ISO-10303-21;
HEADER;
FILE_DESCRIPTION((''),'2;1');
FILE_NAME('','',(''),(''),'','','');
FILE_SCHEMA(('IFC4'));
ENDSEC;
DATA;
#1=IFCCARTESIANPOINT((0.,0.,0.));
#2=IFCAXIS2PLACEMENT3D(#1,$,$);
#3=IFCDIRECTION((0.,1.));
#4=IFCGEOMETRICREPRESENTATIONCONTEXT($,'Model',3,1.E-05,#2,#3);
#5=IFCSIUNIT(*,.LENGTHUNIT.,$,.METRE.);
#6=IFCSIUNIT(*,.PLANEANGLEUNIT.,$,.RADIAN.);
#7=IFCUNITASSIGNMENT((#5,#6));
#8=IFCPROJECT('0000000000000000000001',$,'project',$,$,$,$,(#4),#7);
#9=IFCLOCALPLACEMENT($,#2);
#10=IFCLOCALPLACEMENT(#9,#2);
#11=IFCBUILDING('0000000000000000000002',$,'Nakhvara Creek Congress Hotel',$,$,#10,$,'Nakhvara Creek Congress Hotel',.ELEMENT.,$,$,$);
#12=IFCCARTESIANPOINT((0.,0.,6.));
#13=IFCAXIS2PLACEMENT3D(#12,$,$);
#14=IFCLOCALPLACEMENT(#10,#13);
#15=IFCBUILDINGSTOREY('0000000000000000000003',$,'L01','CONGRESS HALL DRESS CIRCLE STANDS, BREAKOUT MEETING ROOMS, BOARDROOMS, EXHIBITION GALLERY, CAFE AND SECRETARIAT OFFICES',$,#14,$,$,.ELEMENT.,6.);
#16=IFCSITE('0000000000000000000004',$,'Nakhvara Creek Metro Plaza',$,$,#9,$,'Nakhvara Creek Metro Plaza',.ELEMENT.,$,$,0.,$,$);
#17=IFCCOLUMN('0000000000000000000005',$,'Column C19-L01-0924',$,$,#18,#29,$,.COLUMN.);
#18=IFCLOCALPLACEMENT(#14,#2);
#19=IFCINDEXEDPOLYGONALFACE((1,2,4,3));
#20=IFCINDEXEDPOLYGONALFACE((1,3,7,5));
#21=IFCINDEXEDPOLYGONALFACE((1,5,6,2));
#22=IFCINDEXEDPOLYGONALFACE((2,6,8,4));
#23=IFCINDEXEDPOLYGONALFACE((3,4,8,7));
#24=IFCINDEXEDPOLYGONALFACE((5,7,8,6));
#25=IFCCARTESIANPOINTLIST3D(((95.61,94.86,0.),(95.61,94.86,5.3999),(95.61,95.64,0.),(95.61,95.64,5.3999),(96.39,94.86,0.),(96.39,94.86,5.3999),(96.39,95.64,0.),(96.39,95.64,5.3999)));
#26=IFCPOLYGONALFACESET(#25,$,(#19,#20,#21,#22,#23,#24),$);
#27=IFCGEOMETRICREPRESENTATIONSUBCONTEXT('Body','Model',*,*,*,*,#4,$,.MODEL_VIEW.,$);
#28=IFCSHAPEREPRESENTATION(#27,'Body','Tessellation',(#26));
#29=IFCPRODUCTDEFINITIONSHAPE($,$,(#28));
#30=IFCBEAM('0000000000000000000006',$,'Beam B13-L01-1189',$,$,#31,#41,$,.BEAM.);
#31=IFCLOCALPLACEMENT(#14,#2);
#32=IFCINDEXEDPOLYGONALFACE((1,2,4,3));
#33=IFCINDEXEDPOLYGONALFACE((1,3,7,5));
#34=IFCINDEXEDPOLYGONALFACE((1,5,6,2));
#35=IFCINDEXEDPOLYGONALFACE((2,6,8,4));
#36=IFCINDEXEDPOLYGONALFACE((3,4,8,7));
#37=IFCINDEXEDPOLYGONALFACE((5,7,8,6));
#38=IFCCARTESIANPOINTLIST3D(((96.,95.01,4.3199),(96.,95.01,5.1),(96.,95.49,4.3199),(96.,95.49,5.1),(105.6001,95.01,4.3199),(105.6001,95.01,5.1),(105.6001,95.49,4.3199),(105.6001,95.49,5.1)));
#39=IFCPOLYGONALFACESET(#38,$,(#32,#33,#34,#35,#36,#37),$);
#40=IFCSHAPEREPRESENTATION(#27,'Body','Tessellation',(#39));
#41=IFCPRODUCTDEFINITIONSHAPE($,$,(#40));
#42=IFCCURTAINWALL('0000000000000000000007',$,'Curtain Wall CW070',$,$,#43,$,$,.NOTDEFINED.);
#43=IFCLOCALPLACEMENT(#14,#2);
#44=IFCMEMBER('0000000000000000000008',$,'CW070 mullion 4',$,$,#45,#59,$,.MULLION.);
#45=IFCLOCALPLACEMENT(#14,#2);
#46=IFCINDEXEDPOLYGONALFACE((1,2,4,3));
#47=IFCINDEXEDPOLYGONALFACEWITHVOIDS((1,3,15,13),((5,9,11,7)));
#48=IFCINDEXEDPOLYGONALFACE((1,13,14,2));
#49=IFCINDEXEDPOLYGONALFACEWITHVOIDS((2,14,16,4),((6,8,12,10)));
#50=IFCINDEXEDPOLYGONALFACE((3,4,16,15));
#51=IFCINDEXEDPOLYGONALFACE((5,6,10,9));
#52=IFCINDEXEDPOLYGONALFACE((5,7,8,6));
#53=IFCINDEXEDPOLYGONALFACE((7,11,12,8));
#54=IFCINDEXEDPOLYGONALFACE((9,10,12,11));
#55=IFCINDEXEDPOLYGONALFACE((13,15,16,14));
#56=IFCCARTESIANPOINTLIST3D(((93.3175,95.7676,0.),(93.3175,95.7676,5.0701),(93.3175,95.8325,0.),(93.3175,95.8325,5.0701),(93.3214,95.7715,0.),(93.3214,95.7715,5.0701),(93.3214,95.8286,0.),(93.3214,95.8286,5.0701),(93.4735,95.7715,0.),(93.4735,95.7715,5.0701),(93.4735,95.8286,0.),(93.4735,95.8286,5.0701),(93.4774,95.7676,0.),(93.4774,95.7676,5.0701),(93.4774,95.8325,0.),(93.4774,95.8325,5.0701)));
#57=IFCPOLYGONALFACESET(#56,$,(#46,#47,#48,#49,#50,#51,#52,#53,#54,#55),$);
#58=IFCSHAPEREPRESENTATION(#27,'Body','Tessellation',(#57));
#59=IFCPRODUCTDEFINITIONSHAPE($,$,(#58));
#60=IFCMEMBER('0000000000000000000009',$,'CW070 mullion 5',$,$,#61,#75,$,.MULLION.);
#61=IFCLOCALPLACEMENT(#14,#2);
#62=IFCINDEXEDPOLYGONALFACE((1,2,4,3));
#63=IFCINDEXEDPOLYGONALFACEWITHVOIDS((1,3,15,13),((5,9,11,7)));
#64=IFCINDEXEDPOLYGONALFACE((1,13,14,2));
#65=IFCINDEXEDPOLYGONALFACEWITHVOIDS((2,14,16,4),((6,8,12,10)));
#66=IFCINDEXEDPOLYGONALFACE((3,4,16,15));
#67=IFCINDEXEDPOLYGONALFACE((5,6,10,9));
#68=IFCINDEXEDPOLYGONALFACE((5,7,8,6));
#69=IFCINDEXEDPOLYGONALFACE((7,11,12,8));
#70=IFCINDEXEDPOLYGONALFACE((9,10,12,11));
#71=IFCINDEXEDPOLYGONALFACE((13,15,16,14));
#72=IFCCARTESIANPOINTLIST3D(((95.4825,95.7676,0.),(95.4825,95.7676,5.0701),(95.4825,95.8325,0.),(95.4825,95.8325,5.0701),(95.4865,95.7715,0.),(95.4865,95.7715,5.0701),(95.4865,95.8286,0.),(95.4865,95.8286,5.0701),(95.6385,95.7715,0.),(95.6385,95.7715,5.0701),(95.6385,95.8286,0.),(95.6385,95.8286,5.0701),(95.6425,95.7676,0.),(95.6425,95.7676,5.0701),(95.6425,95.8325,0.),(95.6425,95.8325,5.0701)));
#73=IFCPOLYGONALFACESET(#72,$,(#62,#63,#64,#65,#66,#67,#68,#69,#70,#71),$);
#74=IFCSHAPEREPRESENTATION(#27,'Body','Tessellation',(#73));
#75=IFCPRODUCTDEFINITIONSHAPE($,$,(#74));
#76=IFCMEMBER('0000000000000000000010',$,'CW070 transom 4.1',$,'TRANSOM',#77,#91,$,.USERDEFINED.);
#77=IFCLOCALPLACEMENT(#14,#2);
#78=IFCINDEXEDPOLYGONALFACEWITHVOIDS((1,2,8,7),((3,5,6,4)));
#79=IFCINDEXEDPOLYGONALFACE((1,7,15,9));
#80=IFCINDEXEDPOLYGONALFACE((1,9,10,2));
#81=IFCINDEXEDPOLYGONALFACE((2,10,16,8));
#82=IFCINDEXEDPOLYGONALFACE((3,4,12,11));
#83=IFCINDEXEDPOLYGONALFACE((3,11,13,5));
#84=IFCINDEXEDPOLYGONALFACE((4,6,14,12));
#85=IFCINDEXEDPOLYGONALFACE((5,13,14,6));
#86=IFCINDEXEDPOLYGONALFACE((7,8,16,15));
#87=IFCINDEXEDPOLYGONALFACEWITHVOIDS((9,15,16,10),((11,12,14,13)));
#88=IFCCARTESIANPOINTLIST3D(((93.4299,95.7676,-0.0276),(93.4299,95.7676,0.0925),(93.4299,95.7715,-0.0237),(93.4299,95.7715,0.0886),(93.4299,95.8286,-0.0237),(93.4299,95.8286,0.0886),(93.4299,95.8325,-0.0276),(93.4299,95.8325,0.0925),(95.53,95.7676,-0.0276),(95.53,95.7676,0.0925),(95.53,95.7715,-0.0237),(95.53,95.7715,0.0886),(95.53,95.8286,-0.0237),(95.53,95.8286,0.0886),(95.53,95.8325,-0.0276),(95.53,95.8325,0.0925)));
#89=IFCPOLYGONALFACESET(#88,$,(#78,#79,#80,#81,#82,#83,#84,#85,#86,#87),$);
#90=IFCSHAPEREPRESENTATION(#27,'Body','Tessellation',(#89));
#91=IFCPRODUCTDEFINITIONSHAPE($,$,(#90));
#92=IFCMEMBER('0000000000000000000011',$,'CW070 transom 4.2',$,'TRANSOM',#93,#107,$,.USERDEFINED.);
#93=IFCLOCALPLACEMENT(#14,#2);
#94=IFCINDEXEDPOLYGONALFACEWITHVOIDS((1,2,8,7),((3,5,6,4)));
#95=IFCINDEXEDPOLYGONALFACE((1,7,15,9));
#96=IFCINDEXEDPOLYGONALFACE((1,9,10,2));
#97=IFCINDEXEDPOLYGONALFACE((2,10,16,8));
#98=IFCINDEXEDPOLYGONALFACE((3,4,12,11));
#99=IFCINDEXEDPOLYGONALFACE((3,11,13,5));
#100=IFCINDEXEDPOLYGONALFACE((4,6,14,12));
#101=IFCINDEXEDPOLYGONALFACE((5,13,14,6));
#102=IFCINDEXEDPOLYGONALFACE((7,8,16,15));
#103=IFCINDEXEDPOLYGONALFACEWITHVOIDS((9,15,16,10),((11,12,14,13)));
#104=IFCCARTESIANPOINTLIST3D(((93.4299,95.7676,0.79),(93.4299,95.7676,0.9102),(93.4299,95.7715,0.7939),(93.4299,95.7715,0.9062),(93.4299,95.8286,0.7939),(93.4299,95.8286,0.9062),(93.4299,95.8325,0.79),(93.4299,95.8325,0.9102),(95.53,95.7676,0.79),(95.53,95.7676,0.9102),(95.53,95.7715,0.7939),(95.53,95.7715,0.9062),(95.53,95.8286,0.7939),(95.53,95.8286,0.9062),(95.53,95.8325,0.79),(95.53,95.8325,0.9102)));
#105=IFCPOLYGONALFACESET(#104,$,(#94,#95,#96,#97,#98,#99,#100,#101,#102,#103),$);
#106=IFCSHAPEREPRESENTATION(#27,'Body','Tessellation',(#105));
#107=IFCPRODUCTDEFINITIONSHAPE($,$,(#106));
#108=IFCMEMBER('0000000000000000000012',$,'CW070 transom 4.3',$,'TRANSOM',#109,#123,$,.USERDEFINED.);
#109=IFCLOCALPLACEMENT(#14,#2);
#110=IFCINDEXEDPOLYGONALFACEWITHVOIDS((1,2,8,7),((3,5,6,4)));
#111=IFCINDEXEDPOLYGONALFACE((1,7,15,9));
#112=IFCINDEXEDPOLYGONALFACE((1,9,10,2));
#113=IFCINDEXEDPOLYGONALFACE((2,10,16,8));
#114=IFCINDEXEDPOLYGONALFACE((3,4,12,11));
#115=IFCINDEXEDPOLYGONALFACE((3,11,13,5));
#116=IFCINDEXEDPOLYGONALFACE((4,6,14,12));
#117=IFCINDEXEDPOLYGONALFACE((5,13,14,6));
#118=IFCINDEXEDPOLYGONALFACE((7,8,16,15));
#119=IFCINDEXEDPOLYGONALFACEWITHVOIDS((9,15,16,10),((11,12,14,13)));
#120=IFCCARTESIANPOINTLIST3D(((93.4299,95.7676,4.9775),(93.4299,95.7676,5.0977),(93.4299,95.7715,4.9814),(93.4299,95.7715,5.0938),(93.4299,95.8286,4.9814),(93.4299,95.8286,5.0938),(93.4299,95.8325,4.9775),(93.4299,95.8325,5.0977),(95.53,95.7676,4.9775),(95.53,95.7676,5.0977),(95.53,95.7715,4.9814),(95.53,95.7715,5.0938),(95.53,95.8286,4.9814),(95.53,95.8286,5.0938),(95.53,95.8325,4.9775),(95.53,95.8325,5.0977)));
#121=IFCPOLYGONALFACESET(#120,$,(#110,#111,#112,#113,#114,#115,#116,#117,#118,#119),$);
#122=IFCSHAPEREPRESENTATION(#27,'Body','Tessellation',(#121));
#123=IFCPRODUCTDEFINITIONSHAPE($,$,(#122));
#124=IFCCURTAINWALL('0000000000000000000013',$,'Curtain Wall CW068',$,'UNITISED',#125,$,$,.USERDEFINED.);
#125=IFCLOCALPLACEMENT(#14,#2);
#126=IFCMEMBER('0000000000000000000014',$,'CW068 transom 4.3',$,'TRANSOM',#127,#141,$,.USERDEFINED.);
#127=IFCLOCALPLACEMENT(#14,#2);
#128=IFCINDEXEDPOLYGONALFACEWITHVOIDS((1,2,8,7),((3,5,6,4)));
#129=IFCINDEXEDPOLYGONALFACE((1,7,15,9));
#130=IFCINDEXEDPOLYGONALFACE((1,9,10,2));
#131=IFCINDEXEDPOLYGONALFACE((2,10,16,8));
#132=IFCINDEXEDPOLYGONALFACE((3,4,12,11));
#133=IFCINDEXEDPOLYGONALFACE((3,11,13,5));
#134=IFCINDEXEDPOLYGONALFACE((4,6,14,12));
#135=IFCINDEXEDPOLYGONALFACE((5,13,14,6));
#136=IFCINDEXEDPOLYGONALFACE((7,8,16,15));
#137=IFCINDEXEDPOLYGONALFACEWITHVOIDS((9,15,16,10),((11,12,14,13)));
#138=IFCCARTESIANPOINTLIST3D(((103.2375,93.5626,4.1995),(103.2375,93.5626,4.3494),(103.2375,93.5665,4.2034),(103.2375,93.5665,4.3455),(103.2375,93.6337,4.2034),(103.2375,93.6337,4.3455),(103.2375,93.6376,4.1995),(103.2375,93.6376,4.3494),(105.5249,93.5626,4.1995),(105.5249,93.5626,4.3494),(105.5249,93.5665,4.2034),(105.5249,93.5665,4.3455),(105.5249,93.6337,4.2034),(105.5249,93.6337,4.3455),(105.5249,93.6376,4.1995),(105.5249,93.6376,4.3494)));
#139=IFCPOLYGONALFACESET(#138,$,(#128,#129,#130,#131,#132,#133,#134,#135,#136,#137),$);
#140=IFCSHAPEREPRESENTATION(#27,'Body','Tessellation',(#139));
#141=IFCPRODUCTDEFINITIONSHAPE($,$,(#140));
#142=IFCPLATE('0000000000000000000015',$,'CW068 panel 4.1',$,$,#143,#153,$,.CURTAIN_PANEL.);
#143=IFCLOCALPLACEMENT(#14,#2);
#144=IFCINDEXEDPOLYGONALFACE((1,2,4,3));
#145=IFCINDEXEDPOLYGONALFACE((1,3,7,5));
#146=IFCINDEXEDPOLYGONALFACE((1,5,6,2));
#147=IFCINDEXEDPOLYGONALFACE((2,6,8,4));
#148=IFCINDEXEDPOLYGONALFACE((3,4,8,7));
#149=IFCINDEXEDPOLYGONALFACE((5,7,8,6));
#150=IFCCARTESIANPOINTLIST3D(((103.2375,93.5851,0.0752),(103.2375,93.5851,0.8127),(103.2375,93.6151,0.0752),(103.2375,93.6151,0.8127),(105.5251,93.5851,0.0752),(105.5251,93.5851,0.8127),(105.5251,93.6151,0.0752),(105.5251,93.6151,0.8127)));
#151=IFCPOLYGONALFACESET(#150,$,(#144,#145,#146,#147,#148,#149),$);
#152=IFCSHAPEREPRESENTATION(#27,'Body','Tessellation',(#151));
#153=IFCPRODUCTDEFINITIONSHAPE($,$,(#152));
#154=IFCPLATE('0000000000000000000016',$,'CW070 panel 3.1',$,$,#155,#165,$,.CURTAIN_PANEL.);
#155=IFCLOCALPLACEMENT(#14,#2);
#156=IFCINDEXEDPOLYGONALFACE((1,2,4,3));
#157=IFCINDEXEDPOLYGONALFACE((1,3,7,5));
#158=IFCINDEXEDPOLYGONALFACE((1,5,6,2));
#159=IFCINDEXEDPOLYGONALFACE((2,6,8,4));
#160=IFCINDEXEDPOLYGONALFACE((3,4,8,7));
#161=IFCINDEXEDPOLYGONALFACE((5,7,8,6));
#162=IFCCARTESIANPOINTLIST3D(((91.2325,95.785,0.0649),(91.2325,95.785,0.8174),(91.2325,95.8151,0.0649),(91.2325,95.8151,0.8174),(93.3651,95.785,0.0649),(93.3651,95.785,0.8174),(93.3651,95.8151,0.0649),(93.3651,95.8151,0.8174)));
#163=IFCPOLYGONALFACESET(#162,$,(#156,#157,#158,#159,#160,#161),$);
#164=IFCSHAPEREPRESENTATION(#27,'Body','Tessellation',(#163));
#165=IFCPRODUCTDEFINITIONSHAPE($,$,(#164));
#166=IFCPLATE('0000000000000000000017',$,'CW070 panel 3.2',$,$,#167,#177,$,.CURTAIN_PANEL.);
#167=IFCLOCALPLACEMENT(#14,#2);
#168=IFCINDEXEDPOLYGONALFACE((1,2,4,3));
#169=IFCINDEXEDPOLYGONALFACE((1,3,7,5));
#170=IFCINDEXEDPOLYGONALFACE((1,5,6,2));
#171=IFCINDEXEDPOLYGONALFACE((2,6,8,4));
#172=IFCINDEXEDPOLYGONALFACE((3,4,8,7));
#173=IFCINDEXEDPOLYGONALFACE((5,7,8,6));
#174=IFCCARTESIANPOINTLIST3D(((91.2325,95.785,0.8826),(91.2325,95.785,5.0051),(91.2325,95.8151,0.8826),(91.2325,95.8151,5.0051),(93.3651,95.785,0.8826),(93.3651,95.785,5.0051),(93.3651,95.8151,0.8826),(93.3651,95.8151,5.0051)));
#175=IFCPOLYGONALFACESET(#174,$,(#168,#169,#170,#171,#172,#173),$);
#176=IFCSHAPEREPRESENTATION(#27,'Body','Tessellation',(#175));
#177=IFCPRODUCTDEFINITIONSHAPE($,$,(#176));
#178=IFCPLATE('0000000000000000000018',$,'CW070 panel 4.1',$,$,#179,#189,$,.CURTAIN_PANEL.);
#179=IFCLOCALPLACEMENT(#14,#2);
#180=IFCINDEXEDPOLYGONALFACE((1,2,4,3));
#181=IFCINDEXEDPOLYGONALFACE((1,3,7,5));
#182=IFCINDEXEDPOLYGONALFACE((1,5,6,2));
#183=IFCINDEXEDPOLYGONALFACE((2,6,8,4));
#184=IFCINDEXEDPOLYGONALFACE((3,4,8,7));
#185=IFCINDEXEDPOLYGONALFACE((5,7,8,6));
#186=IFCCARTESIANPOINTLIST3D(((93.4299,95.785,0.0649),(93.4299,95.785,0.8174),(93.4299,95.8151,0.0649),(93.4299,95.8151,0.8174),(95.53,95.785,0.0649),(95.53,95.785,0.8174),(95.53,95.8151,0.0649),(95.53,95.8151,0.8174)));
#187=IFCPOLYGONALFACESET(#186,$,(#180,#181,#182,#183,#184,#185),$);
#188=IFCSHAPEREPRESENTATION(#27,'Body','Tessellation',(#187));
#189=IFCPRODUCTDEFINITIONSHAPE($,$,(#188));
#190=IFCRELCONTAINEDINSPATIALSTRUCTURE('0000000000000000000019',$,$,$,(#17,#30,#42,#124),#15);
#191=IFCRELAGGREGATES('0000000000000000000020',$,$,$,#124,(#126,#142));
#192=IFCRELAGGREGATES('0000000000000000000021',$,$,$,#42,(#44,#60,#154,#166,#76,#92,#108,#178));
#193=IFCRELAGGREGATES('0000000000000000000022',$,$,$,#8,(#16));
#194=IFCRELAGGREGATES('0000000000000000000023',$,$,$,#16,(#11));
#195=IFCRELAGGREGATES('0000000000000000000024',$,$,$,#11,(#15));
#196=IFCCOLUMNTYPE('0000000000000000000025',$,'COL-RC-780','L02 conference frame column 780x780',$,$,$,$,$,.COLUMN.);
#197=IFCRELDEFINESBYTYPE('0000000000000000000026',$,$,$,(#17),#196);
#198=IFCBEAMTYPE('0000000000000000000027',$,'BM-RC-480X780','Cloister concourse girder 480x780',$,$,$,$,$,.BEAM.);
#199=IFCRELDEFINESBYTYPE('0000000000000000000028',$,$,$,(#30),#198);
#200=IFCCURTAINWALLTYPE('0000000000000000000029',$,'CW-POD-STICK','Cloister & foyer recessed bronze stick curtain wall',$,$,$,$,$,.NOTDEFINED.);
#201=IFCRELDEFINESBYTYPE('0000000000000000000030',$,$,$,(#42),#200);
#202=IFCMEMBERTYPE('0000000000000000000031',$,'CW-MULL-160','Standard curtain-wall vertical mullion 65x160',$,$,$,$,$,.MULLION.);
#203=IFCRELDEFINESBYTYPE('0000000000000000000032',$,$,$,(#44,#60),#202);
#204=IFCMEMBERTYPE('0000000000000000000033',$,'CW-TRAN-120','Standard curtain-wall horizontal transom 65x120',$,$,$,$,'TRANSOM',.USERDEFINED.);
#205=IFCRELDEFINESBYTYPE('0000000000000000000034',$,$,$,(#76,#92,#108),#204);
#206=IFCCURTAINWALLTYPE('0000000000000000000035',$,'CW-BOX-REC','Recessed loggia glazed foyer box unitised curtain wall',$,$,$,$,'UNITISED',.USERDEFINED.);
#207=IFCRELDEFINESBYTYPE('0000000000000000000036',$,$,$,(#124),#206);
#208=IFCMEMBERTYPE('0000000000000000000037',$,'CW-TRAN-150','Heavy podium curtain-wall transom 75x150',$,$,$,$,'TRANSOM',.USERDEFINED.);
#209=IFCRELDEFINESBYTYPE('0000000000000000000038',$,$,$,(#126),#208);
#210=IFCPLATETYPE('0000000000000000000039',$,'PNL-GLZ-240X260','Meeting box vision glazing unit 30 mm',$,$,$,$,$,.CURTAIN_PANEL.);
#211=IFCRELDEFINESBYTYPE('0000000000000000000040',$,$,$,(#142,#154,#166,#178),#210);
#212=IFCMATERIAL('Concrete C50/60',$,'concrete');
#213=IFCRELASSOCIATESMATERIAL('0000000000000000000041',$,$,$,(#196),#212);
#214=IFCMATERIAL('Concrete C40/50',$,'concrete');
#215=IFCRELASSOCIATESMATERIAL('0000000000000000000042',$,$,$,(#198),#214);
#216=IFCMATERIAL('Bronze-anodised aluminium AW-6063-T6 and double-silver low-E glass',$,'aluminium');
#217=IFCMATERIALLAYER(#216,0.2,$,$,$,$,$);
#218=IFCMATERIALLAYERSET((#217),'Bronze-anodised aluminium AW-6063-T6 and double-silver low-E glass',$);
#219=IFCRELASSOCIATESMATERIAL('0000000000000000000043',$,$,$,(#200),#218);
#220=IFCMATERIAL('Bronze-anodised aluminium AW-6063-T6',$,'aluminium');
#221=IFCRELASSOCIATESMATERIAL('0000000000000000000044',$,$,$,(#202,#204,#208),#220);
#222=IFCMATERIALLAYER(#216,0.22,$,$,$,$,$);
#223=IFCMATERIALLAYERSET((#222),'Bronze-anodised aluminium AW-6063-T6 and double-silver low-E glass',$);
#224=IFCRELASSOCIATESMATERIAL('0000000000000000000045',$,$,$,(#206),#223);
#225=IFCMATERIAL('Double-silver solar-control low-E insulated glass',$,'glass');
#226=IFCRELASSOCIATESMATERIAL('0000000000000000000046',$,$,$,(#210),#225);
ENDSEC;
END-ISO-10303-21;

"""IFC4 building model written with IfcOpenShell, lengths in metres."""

from ifc_helpers import new_model, si_unit, direction, frame, origin, origin_2d, place, context, subcontext, project, spatial, rectangle, hollow_rectangle, extrude, material, layer, layer_set, material_profile, profile_set, type_object, element, aggregate, save


model = new_model("IFC4")

# Units and contexts
model_context = context("Model", 3, precision=1e-05, world=origin(), true_north=direction((0.0, 1.0)))
body_context = subcontext(model_context, "Body", "Model", "MODEL_VIEW")
ifc_project = project(units=[si_unit("LENGTHUNIT", "METRE"), si_unit("PLANEANGLEUNIT", "RADIAN")], contexts=[model_context])

# Site, building, storey
site_placement = place(None, origin())
site = spatial("IfcSite", under=ifc_project, at=site_placement, Name="Nakhvara Creek Metro Plaza", LongName="Nakhvara Creek Metro Plaza", CompositionType="ELEMENT", RefElevation=0.0)
building_placement = place(site_placement, origin())
building = spatial("IfcBuilding", under=site, at=building_placement, Name="Nakhvara Creek Congress Hotel", LongName="Nakhvara Creek Congress Hotel", CompositionType="ELEMENT")
storey_placement = place(building_placement, frame((0.0, 0.0, 6.0)))
storey = spatial("IfcBuildingStorey", under=building, at=storey_placement, Name="L01", Description="CONGRESS HALL DRESS CIRCLE STANDS, BREAKOUT MEETING ROOMS, BOARDROOMS, EXHIBITION GALLERY, CAFE AND SECRETARIAT OFFICES", CompositionType="ELEMENT", Elevation=6.0)

# Column
ifc_material_1 = material(Name="Concrete C50/60", Category="concrete")
ifc_material_profile_1 = material_profile(ifc_material_1, rectangle(XDim=0.78, YDim=0.78, at=origin_2d()), Name="RC-COL 780x780", Category="LoadBearing")
ifc_profile_set_1 = profile_set([ifc_material_profile_1], Name="Concrete C50/60")
column_type = type_object("IfcColumnType", Name="COL-RC-780", Description="L02 conference frame column 780x780", PredefinedType="COLUMN", material=ifc_profile_set_1)
column_placement = place(storey_placement, frame((96.0, 95.25, 0.0), z_axis=(0.0, 0.0, 1.0), x_axis=(1.0, 0.0, 0.0)))
element("IfcColumn", 1, at=column_placement, inside=storey, type_object=column_type, Name="Column C19-L01-0924", PredefinedType="COLUMN", context=body_context, shape_type="SweptSolid", body=[
    extrude(rectangle(XDim=0.78, YDim=0.78, at=origin_2d()), origin(), (0.0, 0.0, 1.0), 5.3999),
])

# Beam
ifc_material_2 = material(Name="Concrete C40/50", Category="concrete")
ifc_material_profile_2 = material_profile(ifc_material_2, rectangle(XDim=0.48, YDim=0.78, at=origin_2d()), Name="RC-BM 480x780", Category="LoadBearing")
ifc_profile_set_2 = profile_set([ifc_material_profile_2], Name="Concrete C40/50")
beam_type = type_object("IfcBeamType", Name="BM-RC-480X780", Description="Cloister concourse girder 480x780", PredefinedType="BEAM", material=ifc_profile_set_2)
beam_placement = place(storey_placement, frame((96.0, 95.25, 4.71), z_axis=(1.0, 0.0, 0.0), x_axis=(0.0, 1.0, 0.0)))
element("IfcBeam", 2, at=beam_placement, inside=storey, type_object=beam_type, Name="Beam B13-L01-1189", PredefinedType="BEAM", context=body_context, shape_type="SweptSolid", body=[
    extrude(rectangle(XDim=0.48, YDim=0.78, at=origin_2d()), origin(), (0.0, 0.0, 1.0), 9.6001),
])

# Curtain wall, members
ifc_material_3 = material(Name="Bronze-anodised aluminium AW-6063-T6 and double-silver low-E glass", Category="aluminium")
ifc_layer_1 = layer(ifc_material_3, 0.2)
ifc_layer_set_1 = layer_set([ifc_layer_1], Name="Bronze-anodised aluminium AW-6063-T6 and double-silver low-E glass")
curtain_wall_type_1 = type_object("IfcCurtainWallType", Name="CW-POD-STICK", Description="Cloister & foyer recessed bronze stick curtain wall", PredefinedType="NOTDEFINED", material=ifc_layer_set_1)
curtain_wall_1_placement = place(storey_placement, origin())
curtain_wall_1 = element("IfcCurtainWall", 3, at=curtain_wall_1_placement, inside=storey, type_object=curtain_wall_type_1, Name="Curtain Wall CW070", PredefinedType="NOTDEFINED")
ifc_material_4 = material(Name="Bronze-anodised aluminium AW-6063-T6", Category="aluminium")
ifc_material_profile_3 = material_profile(ifc_material_4, hollow_rectangle(XDim=0.0649, YDim=0.1599, WallThickness=0.0039, at=origin_2d()), Name="ALU-MULL 65x160x4", Category="LoadBearing")
ifc_profile_set_3 = profile_set([ifc_material_profile_3], Name="Bronze-anodised aluminium AW-6063-T6")
member_type_1 = type_object("IfcMemberType", Name="CW-MULL-160", Description="Standard curtain-wall vertical mullion 65x160", PredefinedType="MULLION", material=ifc_profile_set_3)
member_1_placement = place(storey_placement, frame((93.3975, 95.8, 0.0), z_axis=(0.0, 0.0, 1.0), x_axis=(0.0, 1.0, 0.0)))
member_1 = element("IfcMember", 4, at=member_1_placement, type_object=member_type_1, Name="CW070 mullion 4", PredefinedType="MULLION", context=body_context, shape_type="SweptSolid", body=[
    extrude(hollow_rectangle(XDim=0.0649, YDim=0.1599, WallThickness=0.0039, at=origin_2d()), origin(), (0.0, 0.0, 1.0), 5.0701),
])
member_2_placement = place(storey_placement, frame((95.5625, 95.8, 0.0), z_axis=(0.0, 0.0, 1.0), x_axis=(0.0, 1.0, 0.0)))
member_2 = element("IfcMember", 5, at=member_2_placement, type_object=member_type_1, Name="CW070 mullion 5", PredefinedType="MULLION", context=body_context, shape_type="SweptSolid", body=[
    extrude(hollow_rectangle(XDim=0.0649, YDim=0.1599, WallThickness=0.0039, at=origin_2d()), origin(), (0.0, 0.0, 1.0), 5.0701),
])
ifc_material_profile_4 = material_profile(ifc_material_4, hollow_rectangle(XDim=0.0649, YDim=0.1201, WallThickness=0.0039, at=origin_2d()), Name="ALU-TRAN 65x120x4", Category="LoadBearing")
ifc_profile_set_4 = profile_set([ifc_material_profile_4], Name="Bronze-anodised aluminium AW-6063-T6")
member_type_2 = type_object("IfcMemberType", Name="CW-TRAN-120", Description="Standard curtain-wall horizontal transom 65x120", ElementType="TRANSOM", PredefinedType="USERDEFINED", material=ifc_profile_set_4)
member_3_placement = place(storey_placement, frame((93.4299, 95.8, 0.0325), z_axis=(1.0, 0.0, 0.0), x_axis=(0.0, 1.0, 0.0)))
member_3 = element("IfcMember", 6, at=member_3_placement, type_object=member_type_2, Name="CW070 transom 4.1", ObjectType="TRANSOM", PredefinedType="USERDEFINED", context=body_context, shape_type="SweptSolid", body=[
    extrude(hollow_rectangle(XDim=0.0649, YDim=0.1201, WallThickness=0.0039, at=origin_2d()), origin(), (0.0, 0.0, 1.0), 2.1001),
])
member_4_placement = place(storey_placement, frame((93.4299, 95.8, 0.8501), z_axis=(1.0, 0.0, 0.0), x_axis=(0.0, 1.0, 0.0)))
member_4 = element("IfcMember", 7, at=member_4_placement, type_object=member_type_2, Name="CW070 transom 4.2", ObjectType="TRANSOM", PredefinedType="USERDEFINED", context=body_context, shape_type="SweptSolid", body=[
    extrude(hollow_rectangle(XDim=0.0649, YDim=0.1201, WallThickness=0.0039, at=origin_2d()), origin(), (0.0, 0.0, 1.0), 2.1001),
])
member_5_placement = place(storey_placement, frame((93.4299, 95.8, 5.0376), z_axis=(1.0, 0.0, 0.0), x_axis=(0.0, 1.0, 0.0)))
member_5 = element("IfcMember", 8, at=member_5_placement, type_object=member_type_2, Name="CW070 transom 4.3", ObjectType="TRANSOM", PredefinedType="USERDEFINED", context=body_context, shape_type="SweptSolid", body=[
    extrude(hollow_rectangle(XDim=0.0649, YDim=0.1201, WallThickness=0.0039, at=origin_2d()), origin(), (0.0, 0.0, 1.0), 2.1001),
])

# Curtain wall, member, plate
ifc_layer_2 = layer(ifc_material_3, 0.22)
ifc_layer_set_2 = layer_set([ifc_layer_2], Name="Bronze-anodised aluminium AW-6063-T6 and double-silver low-E glass")
curtain_wall_type_2 = type_object("IfcCurtainWallType", Name="CW-BOX-REC", Description="Recessed loggia glazed foyer box unitised curtain wall", ElementType="UNITISED", PredefinedType="USERDEFINED", material=ifc_layer_set_2)
curtain_wall_2_placement = place(storey_placement, origin())
curtain_wall_2 = element("IfcCurtainWall", 9, at=curtain_wall_2_placement, inside=storey, type_object=curtain_wall_type_2, Name="Curtain Wall CW068", ObjectType="UNITISED", PredefinedType="USERDEFINED")
ifc_material_profile_5 = material_profile(ifc_material_4, hollow_rectangle(XDim=0.075, YDim=0.1499, WallThickness=0.0039, at=origin_2d()), Name="ALU-TRAN 75x150x4", Category="LoadBearing")
ifc_profile_set_5 = profile_set([ifc_material_profile_5], Name="Bronze-anodised aluminium AW-6063-T6")
member_type_3 = type_object("IfcMemberType", Name="CW-TRAN-150", Description="Heavy podium curtain-wall transom 75x150", ElementType="TRANSOM", PredefinedType="USERDEFINED", material=ifc_profile_set_5)
member_6_placement = place(storey_placement, frame((103.2375, 93.6001, 4.2744), z_axis=(1.0, 0.0, 0.0), x_axis=(0.0, 1.0, 0.0)))
member_6 = element("IfcMember", 10, at=member_6_placement, type_object=member_type_3, Name="CW068 transom 4.3", ObjectType="TRANSOM", PredefinedType="USERDEFINED", context=body_context, shape_type="SweptSolid", body=[
    extrude(hollow_rectangle(XDim=0.075, YDim=0.1499, WallThickness=0.0039, at=origin_2d()), origin(), (0.0, 0.0, 1.0), 2.2874),
])
ifc_material_5 = material(Name="Double-silver solar-control low-E insulated glass", Category="glass")
plate_type = type_object("IfcPlateType", Name="PNL-GLZ-240X260", Description="Meeting box vision glazing unit 30 mm", PredefinedType="CURTAIN_PANEL", material=ifc_material_5)
plate_1_placement = place(storey_placement, frame((104.3813, 93.6001, 0.0752), z_axis=(0.0, 0.0, 1.0), x_axis=(1.0, 0.0, 0.0)))
plate_1 = element("IfcPlate", 11, at=plate_1_placement, type_object=plate_type, Name="CW068 panel 4.1", PredefinedType="CURTAIN_PANEL", context=body_context, shape_type="SweptSolid", body=[
    extrude(rectangle(XDim=2.2876, YDim=0.03, at=origin_2d()), origin(), (0.0, 0.0, 1.0), 0.7375),
])
aggregate(curtain_wall_2, [member_6, plate_1])

# Plates
plate_2_placement = place(storey_placement, frame((92.2988, 95.8, 0.0649), z_axis=(0.0, 0.0, 1.0), x_axis=(1.0, 0.0, 0.0)))
plate_2 = element("IfcPlate", 12, at=plate_2_placement, type_object=plate_type, Name="CW070 panel 3.1", PredefinedType="CURTAIN_PANEL", context=body_context, shape_type="SweptSolid", body=[
    extrude(rectangle(XDim=2.1326, YDim=0.03, at=origin_2d()), origin(), (0.0, 0.0, 1.0), 0.7524),
])
plate_3_placement = place(storey_placement, frame((92.2988, 95.8, 0.8826), z_axis=(0.0, 0.0, 1.0), x_axis=(1.0, 0.0, 0.0)))
plate_3 = element("IfcPlate", 13, at=plate_3_placement, type_object=plate_type, Name="CW070 panel 3.2", PredefinedType="CURTAIN_PANEL", context=body_context, shape_type="SweptSolid", body=[
    extrude(rectangle(XDim=2.1326, YDim=0.03, at=origin_2d()), origin(), (0.0, 0.0, 1.0), 4.1226),
])
plate_4_placement = place(storey_placement, frame((94.48, 95.8, 0.0649), z_axis=(0.0, 0.0, 1.0), x_axis=(1.0, 0.0, 0.0)))
plate_4 = element("IfcPlate", 14, at=plate_4_placement, type_object=plate_type, Name="CW070 panel 4.1", PredefinedType="CURTAIN_PANEL", context=body_context, shape_type="SweptSolid", body=[
    extrude(rectangle(XDim=2.1001, YDim=0.03, at=origin_2d()), origin(), (0.0, 0.0, 1.0), 0.7524),
])
aggregate(curtain_wall_1, [member_1, member_2, plate_2, plate_3, member_3, member_4, member_5, plate_4])

save(model, "model.ifc")
